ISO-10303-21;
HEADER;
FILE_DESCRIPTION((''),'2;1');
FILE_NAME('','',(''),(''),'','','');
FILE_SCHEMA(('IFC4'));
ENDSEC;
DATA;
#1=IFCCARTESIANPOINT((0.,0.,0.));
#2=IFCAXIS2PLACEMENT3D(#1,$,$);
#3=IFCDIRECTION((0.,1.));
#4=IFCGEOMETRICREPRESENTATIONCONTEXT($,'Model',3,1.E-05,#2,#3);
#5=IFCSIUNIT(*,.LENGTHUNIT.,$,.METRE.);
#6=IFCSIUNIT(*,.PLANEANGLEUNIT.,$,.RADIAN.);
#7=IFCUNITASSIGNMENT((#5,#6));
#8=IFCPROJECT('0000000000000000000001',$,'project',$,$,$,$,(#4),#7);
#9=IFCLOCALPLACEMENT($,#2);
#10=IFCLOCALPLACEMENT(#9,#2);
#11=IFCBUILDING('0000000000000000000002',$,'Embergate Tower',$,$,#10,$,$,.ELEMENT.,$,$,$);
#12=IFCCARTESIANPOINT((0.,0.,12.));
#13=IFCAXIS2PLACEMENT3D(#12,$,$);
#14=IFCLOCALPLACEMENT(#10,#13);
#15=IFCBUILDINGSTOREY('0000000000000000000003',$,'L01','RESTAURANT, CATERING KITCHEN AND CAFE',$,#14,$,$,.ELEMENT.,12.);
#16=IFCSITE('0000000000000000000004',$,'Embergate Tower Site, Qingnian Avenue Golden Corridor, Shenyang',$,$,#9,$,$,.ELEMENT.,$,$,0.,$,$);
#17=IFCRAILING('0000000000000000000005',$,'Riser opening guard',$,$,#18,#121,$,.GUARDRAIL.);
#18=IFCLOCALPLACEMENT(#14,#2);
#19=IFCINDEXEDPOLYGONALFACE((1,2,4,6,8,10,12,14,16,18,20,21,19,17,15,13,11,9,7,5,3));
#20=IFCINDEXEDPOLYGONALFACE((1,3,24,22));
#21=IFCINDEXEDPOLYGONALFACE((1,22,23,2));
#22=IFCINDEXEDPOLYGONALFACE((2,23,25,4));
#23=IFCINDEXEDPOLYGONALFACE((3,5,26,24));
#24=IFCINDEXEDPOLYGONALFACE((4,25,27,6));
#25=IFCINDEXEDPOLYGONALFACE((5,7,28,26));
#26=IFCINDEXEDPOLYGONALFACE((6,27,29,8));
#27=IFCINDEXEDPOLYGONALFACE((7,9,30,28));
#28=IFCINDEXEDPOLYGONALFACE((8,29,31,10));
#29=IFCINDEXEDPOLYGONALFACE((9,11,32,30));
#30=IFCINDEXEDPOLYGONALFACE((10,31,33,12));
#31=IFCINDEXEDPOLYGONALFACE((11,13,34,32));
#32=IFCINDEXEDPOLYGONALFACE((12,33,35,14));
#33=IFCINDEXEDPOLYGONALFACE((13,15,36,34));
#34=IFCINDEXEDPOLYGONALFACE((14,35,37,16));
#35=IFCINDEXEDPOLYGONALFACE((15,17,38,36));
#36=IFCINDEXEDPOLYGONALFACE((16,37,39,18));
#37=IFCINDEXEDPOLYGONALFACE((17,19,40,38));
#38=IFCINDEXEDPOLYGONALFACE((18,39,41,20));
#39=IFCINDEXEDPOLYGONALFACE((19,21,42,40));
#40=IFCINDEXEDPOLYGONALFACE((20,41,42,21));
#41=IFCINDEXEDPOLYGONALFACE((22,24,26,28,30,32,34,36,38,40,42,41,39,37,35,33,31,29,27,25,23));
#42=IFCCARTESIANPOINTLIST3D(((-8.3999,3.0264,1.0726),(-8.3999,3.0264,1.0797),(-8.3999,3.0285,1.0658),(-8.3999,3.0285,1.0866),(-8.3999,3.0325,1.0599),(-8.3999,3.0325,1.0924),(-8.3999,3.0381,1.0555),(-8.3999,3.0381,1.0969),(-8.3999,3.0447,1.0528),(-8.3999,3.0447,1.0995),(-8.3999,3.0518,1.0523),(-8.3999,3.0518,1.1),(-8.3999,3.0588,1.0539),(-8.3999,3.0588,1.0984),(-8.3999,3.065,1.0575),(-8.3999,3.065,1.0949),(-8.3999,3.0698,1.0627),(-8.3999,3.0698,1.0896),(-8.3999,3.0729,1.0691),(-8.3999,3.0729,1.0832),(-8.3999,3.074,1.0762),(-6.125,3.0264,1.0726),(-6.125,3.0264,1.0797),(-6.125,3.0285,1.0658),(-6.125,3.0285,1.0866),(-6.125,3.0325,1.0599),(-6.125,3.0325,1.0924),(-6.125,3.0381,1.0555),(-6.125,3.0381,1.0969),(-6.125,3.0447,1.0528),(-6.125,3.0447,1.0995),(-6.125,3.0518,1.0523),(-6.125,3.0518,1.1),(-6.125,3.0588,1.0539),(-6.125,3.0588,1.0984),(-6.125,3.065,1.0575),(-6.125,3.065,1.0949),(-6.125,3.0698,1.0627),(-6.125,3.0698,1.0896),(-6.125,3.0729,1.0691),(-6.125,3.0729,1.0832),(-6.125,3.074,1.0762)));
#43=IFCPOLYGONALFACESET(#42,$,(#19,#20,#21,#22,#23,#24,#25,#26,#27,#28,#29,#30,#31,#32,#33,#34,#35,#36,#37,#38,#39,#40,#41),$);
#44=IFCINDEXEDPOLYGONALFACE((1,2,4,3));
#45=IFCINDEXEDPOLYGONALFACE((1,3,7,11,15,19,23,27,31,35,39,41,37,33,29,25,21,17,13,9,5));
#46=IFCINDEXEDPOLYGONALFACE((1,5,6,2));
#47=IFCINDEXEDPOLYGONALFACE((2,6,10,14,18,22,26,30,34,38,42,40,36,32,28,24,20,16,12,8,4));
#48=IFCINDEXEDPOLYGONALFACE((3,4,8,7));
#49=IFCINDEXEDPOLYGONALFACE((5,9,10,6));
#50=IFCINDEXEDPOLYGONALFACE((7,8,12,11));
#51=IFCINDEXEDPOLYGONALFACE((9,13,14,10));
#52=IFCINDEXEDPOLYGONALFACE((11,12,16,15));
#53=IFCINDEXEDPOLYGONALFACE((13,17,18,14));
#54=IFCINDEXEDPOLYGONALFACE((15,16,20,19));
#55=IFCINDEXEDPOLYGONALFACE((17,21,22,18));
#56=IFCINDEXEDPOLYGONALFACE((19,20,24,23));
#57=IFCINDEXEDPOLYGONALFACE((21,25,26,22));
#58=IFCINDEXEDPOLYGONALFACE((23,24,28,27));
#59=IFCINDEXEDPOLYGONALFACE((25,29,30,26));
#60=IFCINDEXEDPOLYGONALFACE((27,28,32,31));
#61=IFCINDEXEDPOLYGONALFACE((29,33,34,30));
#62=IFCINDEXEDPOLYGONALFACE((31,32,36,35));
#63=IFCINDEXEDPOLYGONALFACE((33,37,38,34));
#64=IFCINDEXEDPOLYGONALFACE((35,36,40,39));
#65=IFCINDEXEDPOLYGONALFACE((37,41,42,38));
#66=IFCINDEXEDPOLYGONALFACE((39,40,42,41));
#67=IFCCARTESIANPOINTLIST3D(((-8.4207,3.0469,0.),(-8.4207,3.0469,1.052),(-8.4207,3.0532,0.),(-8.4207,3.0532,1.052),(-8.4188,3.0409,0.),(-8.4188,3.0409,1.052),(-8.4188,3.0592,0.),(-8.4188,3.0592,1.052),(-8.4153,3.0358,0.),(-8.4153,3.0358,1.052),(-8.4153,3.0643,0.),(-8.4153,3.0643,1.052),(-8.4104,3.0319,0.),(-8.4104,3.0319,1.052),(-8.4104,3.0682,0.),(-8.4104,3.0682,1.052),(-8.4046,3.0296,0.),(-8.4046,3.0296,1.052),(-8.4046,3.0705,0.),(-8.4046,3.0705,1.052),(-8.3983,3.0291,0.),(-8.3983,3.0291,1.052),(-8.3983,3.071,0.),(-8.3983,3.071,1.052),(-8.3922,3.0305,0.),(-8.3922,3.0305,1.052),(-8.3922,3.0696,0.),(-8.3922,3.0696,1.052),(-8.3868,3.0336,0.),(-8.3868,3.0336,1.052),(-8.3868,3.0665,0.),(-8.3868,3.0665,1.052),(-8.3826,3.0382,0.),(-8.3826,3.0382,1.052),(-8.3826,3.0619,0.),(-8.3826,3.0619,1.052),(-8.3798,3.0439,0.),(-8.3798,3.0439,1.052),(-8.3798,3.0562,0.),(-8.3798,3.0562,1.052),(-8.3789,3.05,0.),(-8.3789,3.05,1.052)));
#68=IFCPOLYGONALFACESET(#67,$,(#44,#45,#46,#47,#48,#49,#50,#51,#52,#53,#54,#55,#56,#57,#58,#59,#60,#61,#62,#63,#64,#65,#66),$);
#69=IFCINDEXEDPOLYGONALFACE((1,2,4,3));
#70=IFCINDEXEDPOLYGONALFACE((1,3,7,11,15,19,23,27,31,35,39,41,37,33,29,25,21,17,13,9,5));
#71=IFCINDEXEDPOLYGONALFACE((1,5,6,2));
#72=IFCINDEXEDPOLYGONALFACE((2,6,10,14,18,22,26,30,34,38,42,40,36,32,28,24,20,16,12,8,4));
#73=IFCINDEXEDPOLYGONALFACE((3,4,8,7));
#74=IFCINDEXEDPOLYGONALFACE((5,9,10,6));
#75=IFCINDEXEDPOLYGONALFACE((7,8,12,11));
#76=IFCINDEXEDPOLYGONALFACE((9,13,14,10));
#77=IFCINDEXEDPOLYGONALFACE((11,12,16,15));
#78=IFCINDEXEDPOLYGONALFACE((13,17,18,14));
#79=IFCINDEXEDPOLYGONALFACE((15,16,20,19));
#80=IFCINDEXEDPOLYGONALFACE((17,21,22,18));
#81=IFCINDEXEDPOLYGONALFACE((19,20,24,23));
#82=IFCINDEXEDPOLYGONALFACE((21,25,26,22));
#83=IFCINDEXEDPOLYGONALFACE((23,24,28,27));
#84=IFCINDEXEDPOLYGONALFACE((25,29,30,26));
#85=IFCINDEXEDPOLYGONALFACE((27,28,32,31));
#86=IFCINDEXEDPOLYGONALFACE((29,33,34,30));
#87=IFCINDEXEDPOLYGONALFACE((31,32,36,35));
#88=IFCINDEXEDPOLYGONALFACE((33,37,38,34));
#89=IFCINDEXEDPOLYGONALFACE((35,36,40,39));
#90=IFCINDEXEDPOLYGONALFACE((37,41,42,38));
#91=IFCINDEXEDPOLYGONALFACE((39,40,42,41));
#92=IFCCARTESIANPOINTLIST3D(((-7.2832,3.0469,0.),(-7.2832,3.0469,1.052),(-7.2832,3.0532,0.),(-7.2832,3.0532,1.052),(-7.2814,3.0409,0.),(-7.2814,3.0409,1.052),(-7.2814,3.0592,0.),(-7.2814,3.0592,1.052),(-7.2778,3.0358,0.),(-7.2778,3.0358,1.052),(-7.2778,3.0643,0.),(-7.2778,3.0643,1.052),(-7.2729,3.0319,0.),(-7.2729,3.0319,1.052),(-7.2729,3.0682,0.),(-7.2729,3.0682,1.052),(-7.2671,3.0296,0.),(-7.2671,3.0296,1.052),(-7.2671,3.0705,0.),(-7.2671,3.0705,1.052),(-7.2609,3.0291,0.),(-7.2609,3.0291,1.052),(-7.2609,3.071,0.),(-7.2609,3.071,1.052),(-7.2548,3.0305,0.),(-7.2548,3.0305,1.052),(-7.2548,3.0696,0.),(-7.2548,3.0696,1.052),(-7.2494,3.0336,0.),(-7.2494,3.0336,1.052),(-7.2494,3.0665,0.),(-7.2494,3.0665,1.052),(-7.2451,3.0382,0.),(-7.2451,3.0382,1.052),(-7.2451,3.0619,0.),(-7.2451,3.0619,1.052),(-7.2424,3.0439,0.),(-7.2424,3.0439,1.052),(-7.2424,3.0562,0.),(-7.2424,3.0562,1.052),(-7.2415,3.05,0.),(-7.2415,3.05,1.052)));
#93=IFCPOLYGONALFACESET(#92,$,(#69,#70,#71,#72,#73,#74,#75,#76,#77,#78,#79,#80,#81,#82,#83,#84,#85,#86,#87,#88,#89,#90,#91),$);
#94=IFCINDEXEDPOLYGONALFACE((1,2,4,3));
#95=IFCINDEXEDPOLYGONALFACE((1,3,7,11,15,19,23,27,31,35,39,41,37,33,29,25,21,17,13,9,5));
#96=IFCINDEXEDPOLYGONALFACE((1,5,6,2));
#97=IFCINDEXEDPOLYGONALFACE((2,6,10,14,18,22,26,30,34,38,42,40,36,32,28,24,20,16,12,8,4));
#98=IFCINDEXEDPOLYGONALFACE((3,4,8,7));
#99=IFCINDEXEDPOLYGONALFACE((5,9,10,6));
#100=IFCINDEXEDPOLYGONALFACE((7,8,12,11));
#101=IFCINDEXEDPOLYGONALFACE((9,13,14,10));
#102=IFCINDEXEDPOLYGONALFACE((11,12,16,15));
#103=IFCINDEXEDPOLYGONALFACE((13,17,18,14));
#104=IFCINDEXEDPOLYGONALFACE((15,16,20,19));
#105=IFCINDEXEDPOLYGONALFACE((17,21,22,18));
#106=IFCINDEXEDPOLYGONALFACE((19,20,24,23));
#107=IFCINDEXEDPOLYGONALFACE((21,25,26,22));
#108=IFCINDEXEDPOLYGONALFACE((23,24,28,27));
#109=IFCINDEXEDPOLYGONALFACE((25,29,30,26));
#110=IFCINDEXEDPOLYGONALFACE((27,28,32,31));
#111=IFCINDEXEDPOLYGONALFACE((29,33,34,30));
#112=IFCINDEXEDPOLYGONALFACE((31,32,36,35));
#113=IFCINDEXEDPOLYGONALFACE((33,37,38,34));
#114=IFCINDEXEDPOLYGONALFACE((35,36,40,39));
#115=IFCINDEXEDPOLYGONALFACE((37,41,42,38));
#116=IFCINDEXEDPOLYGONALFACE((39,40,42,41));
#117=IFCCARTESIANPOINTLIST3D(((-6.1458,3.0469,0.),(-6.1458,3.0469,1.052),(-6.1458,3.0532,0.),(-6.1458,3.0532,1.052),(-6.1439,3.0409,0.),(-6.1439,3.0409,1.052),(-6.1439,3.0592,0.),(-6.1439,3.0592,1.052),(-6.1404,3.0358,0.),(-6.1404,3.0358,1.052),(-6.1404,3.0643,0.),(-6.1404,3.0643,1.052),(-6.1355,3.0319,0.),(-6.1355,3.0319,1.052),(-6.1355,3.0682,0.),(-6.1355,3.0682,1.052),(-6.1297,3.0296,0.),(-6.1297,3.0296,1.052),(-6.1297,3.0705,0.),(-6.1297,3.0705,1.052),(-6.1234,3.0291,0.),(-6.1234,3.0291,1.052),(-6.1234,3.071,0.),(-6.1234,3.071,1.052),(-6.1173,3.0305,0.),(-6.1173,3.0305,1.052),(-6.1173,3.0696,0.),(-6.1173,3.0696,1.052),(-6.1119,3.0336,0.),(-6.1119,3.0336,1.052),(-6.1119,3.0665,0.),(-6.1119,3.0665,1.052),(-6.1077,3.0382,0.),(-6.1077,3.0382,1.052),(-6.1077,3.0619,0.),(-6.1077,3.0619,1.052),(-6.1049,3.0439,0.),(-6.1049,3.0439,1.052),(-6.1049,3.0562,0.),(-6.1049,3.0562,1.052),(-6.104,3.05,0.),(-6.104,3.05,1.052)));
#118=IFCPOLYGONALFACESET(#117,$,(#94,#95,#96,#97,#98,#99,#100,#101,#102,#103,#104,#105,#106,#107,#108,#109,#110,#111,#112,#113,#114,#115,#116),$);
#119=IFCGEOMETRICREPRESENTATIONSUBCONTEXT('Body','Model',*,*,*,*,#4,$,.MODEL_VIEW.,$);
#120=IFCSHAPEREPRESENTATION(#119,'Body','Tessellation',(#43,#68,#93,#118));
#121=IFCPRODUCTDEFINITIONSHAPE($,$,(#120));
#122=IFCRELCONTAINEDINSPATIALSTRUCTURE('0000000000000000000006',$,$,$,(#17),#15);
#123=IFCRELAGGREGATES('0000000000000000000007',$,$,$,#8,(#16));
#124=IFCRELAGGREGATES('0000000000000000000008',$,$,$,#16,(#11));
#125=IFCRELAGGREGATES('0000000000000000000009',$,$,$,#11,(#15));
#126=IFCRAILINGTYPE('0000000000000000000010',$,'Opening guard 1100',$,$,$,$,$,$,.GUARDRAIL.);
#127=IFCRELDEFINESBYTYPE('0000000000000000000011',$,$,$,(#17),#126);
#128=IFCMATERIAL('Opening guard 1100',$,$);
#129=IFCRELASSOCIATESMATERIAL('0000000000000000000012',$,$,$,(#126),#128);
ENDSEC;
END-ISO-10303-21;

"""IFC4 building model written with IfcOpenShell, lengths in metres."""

from ifc_helpers import new_model, si_unit, direction, frame, origin, origin_2d, place, context, subcontext, project, spatial, circle, extrude, source, transform, mapped, material, type_object, element, save


model = new_model("IFC4")

# Units and contexts
model_context = context("Model", 3, precision=1e-05, world=origin(), true_north=direction((0.0, 1.0)))
body_context = subcontext(model_context, "Body", "Model", "MODEL_VIEW")
ifc_project = project(units=[si_unit("LENGTHUNIT", "METRE"), si_unit("PLANEANGLEUNIT", "RADIAN")], contexts=[model_context])

# Site, building, storey
site_placement = place(None, origin())
site = spatial("IfcSite", under=ifc_project, at=site_placement, Name="Embergate Tower Site, Qingnian Avenue Golden Corridor, Shenyang", CompositionType="ELEMENT", RefElevation=0.0)
building_placement = place(site_placement, origin())
building = spatial("IfcBuilding", under=site, at=building_placement, Name="Embergate Tower", CompositionType="ELEMENT")
storey_placement = place(building_placement, frame((0.0, 0.0, 12.0)))
storey = spatial("IfcBuildingStorey", under=building, at=storey_placement, Name="L01", Description="RESTAURANT, CATERING KITCHEN AND CAFE", CompositionType="ELEMENT", Elevation=12.0)

# Railing
ifc_material_1 = material(Name="Opening guard 1100")
railing_type = type_object("IfcRailingType", Name="Opening guard 1100", PredefinedType="GUARDRAIL", material=ifc_material_1)
shared_shape_1 = source(origin(), body_context, "Body", "SweptSolid", [
    extrude(circle(Radius=0.0239, at=origin_2d()), frame((0.0, 0.0, 1.0762), z_axis=(1.0, 0.0, 0.0), x_axis=(0.0, 1.0, 0.0)), (0.0, 0.0, 1.0), 2.2749),
    extrude(circle(Radius=0.021, at=origin_2d()), origin(), (0.0, 0.0, 1.0), 1.052),
    extrude(circle(Radius=0.021, at=origin_2d()), frame((1.1375, 0.0, 0.0)), (0.0, 0.0, 1.0), 1.052),
    extrude(circle(Radius=0.021, at=origin_2d()), frame((2.2749, 0.0, 0.0)), (0.0, 0.0, 1.0), 1.052),
])
railing_placement = place(storey_placement, frame((-8.3999, 3.05, 0.0)))
element("IfcRailing", 1, at=railing_placement, inside=storey, type_object=railing_type, Name="Riser opening guard", PredefinedType="GUARDRAIL", context=body_context, shape_type="MappedRepresentation", body=[
    mapped(shared_shape_1, transform((0.0, 0.0, 0.0))),
])

save(model, "model.ifc")
